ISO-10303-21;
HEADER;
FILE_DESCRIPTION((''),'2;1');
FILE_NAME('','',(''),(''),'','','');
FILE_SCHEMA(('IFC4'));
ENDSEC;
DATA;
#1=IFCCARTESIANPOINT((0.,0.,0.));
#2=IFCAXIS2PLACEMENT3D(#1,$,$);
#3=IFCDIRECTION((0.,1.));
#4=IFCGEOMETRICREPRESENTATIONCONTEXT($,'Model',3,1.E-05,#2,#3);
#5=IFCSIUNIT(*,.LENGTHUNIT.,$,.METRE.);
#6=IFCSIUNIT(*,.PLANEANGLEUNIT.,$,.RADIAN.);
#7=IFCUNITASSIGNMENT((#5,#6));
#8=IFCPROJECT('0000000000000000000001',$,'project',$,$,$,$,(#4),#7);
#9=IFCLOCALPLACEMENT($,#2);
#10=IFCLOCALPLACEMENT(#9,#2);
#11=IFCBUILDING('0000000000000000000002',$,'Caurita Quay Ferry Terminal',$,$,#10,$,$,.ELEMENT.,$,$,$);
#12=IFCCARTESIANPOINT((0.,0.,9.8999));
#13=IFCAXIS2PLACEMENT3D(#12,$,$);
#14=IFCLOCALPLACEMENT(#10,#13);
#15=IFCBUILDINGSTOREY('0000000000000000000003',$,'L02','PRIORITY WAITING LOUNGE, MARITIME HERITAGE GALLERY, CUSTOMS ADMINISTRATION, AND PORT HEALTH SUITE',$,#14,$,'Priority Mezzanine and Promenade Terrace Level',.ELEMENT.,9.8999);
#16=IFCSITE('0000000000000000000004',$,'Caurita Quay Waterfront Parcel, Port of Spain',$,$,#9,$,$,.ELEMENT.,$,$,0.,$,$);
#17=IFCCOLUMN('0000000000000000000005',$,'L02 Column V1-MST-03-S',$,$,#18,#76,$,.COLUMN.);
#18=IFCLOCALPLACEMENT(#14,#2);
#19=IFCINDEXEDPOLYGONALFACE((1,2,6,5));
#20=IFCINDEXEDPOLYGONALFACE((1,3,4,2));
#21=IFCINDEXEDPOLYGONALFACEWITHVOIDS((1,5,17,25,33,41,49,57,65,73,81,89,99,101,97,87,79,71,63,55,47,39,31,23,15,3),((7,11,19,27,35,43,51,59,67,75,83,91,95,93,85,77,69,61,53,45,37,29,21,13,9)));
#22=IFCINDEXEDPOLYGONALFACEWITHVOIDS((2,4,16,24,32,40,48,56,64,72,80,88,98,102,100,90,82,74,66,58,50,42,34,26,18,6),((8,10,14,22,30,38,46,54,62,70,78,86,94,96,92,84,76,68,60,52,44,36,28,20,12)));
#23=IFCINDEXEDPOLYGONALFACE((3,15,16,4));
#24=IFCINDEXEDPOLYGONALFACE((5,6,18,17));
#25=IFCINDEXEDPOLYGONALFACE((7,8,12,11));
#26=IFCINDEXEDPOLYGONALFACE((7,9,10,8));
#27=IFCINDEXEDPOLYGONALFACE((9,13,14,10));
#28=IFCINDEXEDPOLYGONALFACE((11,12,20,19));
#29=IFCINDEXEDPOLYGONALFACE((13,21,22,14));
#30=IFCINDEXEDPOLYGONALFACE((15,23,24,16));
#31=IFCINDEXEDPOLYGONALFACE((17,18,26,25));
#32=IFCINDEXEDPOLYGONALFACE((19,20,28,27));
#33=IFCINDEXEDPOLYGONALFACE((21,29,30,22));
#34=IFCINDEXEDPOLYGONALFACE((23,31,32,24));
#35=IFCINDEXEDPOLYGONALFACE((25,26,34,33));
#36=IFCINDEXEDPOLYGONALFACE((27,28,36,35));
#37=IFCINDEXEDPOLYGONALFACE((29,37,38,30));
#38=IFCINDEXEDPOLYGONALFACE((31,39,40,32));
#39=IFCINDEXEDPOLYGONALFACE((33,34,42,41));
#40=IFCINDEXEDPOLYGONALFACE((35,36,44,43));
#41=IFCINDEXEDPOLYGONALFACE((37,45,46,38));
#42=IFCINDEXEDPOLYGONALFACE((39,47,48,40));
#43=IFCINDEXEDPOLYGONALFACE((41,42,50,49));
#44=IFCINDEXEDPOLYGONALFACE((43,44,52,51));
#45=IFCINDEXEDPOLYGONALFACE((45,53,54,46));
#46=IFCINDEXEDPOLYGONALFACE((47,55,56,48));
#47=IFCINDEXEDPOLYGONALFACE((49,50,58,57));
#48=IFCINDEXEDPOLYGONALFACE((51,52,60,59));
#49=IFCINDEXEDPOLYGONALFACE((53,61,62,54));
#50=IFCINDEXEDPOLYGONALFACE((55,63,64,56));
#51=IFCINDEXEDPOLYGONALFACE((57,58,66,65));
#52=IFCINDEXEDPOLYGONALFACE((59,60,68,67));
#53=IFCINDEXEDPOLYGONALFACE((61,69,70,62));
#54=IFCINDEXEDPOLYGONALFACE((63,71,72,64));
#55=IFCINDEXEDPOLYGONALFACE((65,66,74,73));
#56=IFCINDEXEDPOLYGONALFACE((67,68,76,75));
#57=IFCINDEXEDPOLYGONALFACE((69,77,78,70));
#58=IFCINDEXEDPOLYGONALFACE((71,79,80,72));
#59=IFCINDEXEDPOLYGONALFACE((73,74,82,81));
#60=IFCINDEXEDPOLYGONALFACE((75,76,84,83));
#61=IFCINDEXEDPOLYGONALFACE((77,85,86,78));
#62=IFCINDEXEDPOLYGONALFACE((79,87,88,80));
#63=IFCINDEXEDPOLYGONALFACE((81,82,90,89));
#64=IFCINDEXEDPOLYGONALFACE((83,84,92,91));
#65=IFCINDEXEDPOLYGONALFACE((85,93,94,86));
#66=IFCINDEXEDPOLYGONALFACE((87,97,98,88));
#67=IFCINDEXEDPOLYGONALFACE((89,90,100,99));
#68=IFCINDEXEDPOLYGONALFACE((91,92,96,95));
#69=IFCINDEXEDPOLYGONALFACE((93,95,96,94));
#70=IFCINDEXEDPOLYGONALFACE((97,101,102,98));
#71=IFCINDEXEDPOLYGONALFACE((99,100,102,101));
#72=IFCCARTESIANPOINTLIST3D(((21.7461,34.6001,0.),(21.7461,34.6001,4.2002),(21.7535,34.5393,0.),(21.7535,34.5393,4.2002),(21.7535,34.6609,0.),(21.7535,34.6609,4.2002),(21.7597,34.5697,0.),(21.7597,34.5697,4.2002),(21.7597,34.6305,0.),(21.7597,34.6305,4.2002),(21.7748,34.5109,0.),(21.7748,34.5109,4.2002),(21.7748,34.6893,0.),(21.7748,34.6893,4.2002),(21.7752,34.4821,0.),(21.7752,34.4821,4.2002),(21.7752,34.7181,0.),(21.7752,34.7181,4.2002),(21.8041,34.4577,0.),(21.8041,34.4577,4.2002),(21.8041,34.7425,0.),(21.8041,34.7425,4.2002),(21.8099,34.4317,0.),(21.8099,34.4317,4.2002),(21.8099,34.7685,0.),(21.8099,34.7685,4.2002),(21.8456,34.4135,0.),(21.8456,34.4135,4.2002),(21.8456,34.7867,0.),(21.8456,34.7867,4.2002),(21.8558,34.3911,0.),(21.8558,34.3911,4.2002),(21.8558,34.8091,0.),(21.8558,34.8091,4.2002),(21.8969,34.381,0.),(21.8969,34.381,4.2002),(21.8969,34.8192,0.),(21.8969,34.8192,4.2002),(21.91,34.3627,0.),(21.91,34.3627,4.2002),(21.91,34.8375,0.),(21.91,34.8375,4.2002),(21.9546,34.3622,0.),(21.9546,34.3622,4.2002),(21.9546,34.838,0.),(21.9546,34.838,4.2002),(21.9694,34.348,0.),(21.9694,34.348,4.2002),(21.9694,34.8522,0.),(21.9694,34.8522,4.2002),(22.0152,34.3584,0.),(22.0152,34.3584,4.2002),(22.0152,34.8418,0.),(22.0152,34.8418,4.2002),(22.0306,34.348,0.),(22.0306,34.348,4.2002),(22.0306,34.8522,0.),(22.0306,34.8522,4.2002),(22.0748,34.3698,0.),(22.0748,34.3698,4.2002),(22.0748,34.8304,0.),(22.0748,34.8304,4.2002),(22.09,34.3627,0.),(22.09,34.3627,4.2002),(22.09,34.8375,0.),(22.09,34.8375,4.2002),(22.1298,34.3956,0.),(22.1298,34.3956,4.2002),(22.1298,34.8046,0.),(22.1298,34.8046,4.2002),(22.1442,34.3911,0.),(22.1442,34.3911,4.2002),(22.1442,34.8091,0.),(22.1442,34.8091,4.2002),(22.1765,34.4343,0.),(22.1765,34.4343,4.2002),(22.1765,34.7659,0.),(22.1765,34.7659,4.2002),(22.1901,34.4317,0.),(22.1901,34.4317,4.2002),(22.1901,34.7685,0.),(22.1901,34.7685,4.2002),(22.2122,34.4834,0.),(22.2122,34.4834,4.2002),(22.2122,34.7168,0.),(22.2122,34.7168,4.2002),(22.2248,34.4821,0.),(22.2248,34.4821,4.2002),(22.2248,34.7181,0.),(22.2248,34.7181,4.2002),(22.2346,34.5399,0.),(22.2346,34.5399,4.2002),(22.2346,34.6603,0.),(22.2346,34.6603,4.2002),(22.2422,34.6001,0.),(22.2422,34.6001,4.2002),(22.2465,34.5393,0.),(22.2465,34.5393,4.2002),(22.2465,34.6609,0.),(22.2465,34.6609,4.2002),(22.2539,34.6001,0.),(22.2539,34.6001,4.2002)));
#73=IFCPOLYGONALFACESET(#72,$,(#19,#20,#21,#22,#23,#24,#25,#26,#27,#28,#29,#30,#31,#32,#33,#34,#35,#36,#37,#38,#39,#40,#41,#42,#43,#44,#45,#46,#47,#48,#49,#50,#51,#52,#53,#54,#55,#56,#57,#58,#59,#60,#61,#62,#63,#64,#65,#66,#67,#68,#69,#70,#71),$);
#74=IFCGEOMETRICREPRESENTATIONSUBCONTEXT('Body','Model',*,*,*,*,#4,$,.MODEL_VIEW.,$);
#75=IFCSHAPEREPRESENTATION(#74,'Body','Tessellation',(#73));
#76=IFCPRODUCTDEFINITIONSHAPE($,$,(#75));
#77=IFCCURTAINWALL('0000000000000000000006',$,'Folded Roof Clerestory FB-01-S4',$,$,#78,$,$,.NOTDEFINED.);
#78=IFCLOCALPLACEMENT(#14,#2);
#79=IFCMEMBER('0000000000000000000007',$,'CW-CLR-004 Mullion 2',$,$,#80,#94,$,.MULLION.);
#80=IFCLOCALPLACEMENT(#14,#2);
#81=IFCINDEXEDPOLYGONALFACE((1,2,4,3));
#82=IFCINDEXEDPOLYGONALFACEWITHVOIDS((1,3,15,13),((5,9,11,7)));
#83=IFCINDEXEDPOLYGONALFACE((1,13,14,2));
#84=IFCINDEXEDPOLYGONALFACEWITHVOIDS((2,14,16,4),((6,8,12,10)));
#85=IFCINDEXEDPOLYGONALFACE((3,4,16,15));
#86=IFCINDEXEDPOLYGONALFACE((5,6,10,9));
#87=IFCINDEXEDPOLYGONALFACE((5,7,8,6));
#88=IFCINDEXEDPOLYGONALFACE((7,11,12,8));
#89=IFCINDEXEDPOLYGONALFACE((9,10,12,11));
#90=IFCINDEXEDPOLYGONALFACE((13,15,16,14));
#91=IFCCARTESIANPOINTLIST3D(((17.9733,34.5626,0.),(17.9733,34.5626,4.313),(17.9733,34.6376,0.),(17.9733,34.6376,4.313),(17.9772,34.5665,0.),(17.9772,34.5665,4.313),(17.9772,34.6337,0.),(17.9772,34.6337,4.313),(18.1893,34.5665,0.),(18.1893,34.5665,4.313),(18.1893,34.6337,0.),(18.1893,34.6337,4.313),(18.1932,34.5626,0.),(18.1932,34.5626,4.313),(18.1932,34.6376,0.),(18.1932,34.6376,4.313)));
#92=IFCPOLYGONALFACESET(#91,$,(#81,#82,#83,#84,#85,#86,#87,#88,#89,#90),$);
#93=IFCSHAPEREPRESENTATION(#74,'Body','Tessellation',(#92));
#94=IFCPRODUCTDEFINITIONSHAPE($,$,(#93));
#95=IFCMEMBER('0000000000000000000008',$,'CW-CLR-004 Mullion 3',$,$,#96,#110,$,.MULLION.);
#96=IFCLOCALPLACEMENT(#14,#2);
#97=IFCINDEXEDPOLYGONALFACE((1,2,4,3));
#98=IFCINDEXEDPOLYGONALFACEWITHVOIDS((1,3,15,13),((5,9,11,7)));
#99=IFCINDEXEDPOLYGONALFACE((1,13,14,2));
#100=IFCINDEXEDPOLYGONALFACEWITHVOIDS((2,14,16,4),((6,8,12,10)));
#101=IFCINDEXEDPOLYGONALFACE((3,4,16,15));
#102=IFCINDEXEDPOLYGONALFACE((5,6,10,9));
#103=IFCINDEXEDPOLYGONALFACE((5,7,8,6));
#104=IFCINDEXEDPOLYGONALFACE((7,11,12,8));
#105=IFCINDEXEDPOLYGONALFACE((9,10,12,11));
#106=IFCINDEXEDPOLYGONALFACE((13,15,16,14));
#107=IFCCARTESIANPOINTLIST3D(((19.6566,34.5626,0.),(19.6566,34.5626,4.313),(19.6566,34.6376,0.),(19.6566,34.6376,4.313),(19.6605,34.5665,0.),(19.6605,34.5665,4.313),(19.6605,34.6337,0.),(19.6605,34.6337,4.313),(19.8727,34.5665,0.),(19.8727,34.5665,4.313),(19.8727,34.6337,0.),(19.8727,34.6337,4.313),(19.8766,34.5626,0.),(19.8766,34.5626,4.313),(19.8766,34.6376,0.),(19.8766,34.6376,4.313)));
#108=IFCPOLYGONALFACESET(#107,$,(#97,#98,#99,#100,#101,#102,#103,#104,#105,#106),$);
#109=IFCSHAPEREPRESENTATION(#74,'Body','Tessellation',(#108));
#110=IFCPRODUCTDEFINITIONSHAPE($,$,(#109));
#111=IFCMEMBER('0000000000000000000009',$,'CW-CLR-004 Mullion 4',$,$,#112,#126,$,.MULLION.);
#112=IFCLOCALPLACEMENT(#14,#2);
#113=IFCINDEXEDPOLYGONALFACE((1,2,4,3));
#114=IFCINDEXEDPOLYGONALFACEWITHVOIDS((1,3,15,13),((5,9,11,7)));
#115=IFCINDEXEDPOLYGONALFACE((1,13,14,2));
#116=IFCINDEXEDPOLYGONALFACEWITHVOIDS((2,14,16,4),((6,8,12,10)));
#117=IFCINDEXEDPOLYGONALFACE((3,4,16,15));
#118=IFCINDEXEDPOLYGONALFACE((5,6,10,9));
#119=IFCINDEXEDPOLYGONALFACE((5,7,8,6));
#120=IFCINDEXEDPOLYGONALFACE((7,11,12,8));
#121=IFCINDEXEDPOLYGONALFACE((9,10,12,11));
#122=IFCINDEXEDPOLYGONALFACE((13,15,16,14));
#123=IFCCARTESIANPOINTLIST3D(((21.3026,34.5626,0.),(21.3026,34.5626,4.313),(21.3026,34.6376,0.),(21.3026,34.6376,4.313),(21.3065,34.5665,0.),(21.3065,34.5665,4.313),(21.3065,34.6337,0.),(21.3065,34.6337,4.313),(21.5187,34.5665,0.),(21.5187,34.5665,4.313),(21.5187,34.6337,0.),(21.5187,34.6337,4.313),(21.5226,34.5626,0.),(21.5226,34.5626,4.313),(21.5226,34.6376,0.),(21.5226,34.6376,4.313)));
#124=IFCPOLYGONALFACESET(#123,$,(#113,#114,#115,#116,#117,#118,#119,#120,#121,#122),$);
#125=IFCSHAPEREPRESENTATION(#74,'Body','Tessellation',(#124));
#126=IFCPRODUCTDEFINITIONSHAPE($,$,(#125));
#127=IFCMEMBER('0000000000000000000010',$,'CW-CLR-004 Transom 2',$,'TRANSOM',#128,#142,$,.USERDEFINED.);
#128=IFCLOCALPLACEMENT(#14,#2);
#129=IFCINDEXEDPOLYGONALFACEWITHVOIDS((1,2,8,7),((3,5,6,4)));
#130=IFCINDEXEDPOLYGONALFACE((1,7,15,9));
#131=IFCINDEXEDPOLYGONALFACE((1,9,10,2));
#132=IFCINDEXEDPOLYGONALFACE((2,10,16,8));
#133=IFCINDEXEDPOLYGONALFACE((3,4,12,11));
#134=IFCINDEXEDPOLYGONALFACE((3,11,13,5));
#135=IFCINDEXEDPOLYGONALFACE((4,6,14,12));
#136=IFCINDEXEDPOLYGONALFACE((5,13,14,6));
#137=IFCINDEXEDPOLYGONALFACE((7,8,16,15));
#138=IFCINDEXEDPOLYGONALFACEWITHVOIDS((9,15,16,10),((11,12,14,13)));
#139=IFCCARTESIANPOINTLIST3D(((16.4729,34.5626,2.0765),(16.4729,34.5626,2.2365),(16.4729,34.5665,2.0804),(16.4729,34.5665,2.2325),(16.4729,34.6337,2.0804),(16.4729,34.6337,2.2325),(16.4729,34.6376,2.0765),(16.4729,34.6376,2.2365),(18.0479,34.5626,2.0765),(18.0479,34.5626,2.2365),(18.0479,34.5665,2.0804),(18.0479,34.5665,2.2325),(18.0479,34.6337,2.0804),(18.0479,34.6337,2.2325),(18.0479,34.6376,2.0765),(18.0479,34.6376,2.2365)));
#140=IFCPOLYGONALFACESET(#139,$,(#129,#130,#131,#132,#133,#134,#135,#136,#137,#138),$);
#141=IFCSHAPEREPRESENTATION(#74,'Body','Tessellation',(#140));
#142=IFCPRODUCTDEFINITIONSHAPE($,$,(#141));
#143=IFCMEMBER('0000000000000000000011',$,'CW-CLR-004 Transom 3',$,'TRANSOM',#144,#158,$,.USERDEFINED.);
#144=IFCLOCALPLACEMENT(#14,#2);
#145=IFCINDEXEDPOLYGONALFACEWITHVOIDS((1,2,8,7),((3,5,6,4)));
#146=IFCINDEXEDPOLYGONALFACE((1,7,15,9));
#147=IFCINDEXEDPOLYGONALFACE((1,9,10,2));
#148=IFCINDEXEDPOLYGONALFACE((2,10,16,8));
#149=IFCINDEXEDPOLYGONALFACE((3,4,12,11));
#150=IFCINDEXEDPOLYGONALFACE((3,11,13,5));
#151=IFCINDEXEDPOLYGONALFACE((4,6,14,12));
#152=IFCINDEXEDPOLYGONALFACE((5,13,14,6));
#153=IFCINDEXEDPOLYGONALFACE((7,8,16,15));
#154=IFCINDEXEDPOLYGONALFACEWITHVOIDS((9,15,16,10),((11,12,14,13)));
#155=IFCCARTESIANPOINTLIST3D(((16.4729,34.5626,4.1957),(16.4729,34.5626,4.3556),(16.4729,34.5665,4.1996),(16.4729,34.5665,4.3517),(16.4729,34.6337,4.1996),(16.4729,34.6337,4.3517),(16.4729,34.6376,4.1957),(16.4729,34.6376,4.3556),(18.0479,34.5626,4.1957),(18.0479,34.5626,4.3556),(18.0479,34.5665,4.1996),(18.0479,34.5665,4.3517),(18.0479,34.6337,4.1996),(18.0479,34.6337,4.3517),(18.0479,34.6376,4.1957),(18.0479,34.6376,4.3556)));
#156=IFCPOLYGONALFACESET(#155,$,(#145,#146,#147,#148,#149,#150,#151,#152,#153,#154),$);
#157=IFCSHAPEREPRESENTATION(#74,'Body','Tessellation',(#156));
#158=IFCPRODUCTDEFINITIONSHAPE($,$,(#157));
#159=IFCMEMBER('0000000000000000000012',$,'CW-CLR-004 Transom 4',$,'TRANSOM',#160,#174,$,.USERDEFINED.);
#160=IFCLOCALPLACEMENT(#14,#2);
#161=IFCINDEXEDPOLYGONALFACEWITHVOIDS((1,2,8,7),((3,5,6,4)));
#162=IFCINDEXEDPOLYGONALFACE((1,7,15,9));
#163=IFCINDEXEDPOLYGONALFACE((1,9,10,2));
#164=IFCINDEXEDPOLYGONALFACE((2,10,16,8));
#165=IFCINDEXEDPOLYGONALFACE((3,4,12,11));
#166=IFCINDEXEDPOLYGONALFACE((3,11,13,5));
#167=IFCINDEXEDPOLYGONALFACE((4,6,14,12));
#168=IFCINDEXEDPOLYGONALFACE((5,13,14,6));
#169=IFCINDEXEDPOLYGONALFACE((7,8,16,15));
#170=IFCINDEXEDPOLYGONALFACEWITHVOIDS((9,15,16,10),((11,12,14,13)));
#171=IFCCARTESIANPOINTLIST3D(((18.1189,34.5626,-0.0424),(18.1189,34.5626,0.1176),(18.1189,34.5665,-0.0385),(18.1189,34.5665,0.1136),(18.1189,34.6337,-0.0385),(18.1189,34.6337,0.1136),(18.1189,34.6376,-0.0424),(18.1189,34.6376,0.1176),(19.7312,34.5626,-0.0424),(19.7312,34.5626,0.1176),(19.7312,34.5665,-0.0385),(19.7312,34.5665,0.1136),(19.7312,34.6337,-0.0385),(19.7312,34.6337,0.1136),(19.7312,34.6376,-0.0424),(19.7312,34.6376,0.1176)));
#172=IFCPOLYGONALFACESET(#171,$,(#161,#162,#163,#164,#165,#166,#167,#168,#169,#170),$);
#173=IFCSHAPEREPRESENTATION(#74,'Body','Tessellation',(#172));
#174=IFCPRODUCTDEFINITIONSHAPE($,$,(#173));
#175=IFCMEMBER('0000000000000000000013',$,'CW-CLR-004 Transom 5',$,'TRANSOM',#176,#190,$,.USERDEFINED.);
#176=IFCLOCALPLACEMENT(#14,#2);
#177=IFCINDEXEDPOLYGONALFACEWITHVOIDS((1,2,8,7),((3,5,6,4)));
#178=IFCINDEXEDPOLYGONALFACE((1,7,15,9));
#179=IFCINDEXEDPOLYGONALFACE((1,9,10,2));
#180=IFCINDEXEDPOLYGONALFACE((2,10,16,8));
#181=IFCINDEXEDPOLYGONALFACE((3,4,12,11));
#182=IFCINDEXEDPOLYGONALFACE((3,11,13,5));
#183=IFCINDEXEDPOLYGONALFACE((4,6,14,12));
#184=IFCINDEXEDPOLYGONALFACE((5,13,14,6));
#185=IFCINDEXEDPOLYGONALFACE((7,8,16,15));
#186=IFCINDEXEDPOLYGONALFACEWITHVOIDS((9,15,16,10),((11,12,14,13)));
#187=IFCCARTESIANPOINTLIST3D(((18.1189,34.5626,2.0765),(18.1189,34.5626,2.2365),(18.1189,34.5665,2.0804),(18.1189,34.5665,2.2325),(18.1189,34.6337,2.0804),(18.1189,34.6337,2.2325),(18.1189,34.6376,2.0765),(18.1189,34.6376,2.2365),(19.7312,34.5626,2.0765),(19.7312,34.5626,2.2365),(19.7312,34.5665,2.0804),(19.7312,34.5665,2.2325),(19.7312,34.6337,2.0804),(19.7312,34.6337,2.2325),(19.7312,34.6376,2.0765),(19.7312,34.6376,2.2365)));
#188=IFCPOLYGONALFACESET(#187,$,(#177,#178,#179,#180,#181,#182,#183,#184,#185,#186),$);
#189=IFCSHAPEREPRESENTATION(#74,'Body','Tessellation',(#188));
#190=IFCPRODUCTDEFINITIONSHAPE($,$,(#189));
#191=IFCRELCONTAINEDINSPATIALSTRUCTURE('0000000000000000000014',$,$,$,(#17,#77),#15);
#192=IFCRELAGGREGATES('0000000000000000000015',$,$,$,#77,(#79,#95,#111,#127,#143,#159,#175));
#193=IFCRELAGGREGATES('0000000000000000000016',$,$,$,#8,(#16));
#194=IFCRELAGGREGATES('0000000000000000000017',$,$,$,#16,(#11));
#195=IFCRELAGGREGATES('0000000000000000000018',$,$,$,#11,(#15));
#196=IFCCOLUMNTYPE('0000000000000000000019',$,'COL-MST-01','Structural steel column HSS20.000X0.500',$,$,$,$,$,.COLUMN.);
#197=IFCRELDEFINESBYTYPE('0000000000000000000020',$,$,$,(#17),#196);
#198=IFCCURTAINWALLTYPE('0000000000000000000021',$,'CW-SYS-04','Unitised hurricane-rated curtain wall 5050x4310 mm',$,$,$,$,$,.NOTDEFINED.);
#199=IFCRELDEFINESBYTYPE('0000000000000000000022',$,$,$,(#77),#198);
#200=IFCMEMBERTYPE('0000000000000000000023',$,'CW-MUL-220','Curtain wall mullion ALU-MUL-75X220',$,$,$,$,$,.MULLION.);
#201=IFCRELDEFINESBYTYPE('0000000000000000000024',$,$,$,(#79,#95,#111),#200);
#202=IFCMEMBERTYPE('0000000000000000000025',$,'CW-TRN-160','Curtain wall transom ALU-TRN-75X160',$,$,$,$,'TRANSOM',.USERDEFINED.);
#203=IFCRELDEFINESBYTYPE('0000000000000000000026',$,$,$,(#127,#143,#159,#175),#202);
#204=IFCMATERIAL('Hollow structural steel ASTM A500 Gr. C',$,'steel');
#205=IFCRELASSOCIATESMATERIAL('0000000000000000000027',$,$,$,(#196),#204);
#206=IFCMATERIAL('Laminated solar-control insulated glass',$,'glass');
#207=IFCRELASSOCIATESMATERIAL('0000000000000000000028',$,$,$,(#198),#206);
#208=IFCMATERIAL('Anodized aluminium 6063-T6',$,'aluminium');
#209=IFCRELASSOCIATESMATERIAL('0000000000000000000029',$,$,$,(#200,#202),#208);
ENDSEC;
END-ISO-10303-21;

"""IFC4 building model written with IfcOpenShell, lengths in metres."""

from ifc_helpers import new_model, si_unit, direction, frame, origin, origin_2d, place, context, subcontext, project, spatial, hollow_rectangle, hollow_circle, extrude, material, material_profile, profile_set, type_object, element, aggregate, save


model = new_model("IFC4")

# Units and contexts
model_context = context("Model", 3, precision=1e-05, world=origin(), true_north=direction((0.0, 1.0)))
body_context = subcontext(model_context, "Body", "Model", "MODEL_VIEW")
ifc_project = project(units=[si_unit("LENGTHUNIT", "METRE"), si_unit("PLANEANGLEUNIT", "RADIAN")], contexts=[model_context])

# Site, building, storey
site_placement = place(None, origin())
site = spatial("IfcSite", under=ifc_project, at=site_placement, Name="Caurita Quay Waterfront Parcel, Port of Spain", CompositionType="ELEMENT", RefElevation=0.0)
building_placement = place(site_placement, origin())
building = spatial("IfcBuilding", under=site, at=building_placement, Name="Caurita Quay Ferry Terminal", CompositionType="ELEMENT")
storey_placement = place(building_placement, frame((0.0, 0.0, 9.8999)))
storey = spatial("IfcBuildingStorey", under=building, at=storey_placement, Name="L02", Description="PRIORITY WAITING LOUNGE, MARITIME HERITAGE GALLERY, CUSTOMS ADMINISTRATION, AND PORT HEALTH SUITE", LongName="Priority Mezzanine and Promenade Terrace Level", CompositionType="ELEMENT", Elevation=9.8999)

# Column
ifc_material_1 = material(Name="Hollow structural steel ASTM A500 Gr. C", Category="steel")
ifc_material_profile_1 = material_profile(ifc_material_1, hollow_circle(Radius=0.2539, WallThickness=0.0117, at=origin_2d()), Name="HSS20.000X0.500")
ifc_profile_set_1 = profile_set([ifc_material_profile_1], Name="Hollow structural steel ASTM A500 Gr. C")
column_type = type_object("IfcColumnType", Name="COL-MST-01", Description="Structural steel column HSS20.000X0.500", PredefinedType="COLUMN", material=ifc_profile_set_1)
column_placement = place(storey_placement, frame((22.0, 34.6001, 0.0), z_axis=(0.0, 0.0, 1.0), x_axis=(1.0, 0.0, 0.0)))
element("IfcColumn", 1, at=column_placement, inside=storey, type_object=column_type, Name="L02 Column V1-MST-03-S", PredefinedType="COLUMN", context=body_context, shape_type="SweptSolid", body=[
    extrude(hollow_circle(Radius=0.2539, WallThickness=0.0117, at=origin_2d()), origin(), (0.0, 0.0, 1.0), 4.2002),
])

# Curtain wall, members
ifc_material_2 = material(Name="Laminated solar-control insulated glass", Category="glass")
curtain_wall_type = type_object("IfcCurtainWallType", Name="CW-SYS-04", Description="Unitised hurricane-rated curtain wall 5050x4310 mm", PredefinedType="NOTDEFINED", material=ifc_material_2)
curtain_wall_placement = place(storey_placement, origin())
curtain_wall = element("IfcCurtainWall", 2, at=curtain_wall_placement, inside=storey, type_object=curtain_wall_type, Name="Folded Roof Clerestory FB-01-S4", PredefinedType="NOTDEFINED")
ifc_material_3 = material(Name="Anodized aluminium 6063-T6", Category="aluminium")
ifc_material_profile_2 = material_profile(ifc_material_3, hollow_rectangle(XDim=0.075, YDim=0.22, WallThickness=0.0039, at=origin_2d()), Name="ALU-MUL-75X220")
ifc_profile_set_2 = profile_set([ifc_material_profile_2], Name="Anodized aluminium 6063-T6")
member_type_1 = type_object("IfcMemberType", Name="CW-MUL-220", Description="Curtain wall mullion ALU-MUL-75X220", PredefinedType="MULLION", material=ifc_profile_set_2)
member_1_placement = place(storey_placement, frame((18.0833, 34.6001, 0.0), z_axis=(0.0, 0.0, 1.0), x_axis=(0.0, 1.0, 0.0)))
member_1 = element("IfcMember", 3, at=member_1_placement, type_object=member_type_1, Name="CW-CLR-004 Mullion 2", PredefinedType="MULLION", context=body_context, shape_type="SweptSolid", body=[
    extrude(hollow_rectangle(XDim=0.075, YDim=0.22, WallThickness=0.0039, at=origin_2d()), origin(), (0.0, 0.0, 1.0), 4.313),
])
member_2_placement = place(storey_placement, frame((19.7666, 34.6001, 0.0), z_axis=(0.0, 0.0, 1.0), x_axis=(0.0, 1.0, 0.0)))
member_2 = element("IfcMember", 4, at=member_2_placement, type_object=member_type_1, Name="CW-CLR-004 Mullion 3", PredefinedType="MULLION", context=body_context, shape_type="SweptSolid", body=[
    extrude(hollow_rectangle(XDim=0.075, YDim=0.22, WallThickness=0.0039, at=origin_2d()), origin(), (0.0, 0.0, 1.0), 4.313),
])
member_3_placement = place(storey_placement, frame((21.4126, 34.6001, 0.0), z_axis=(0.0, 0.0, 1.0), x_axis=(0.0, 1.0, 0.0)))
member_3 = element("IfcMember", 5, at=member_3_placement, type_object=member_type_1, Name="CW-CLR-004 Mullion 4", PredefinedType="MULLION", context=body_context, shape_type="SweptSolid", body=[
    extrude(hollow_rectangle(XDim=0.075, YDim=0.22, WallThickness=0.0039, at=origin_2d()), origin(), (0.0, 0.0, 1.0), 4.313),
])
ifc_material_profile_3 = material_profile(ifc_material_3, hollow_rectangle(XDim=0.075, YDim=0.1599, WallThickness=0.0039, at=origin_2d()), Name="ALU-TRN-75X160")
ifc_profile_set_3 = profile_set([ifc_material_profile_3], Name="Anodized aluminium 6063-T6")
member_type_2 = type_object("IfcMemberType", Name="CW-TRN-160", Description="Curtain wall transom ALU-TRN-75X160", ElementType="TRANSOM", PredefinedType="USERDEFINED", material=ifc_profile_set_3)
member_4_placement = place(storey_placement, frame((16.4729, 34.6001, 2.1565), z_axis=(1.0, 0.0, 0.0), x_axis=(0.0, 1.0, 0.0)))
member_4 = element("IfcMember", 6, at=member_4_placement, type_object=member_type_2, Name="CW-CLR-004 Transom 2", ObjectType="TRANSOM", PredefinedType="USERDEFINED", context=body_context, shape_type="SweptSolid", body=[
    extrude(hollow_rectangle(XDim=0.075, YDim=0.1599, WallThickness=0.0039, at=origin_2d()), origin(), (0.0, 0.0, 1.0), 1.575),
])
member_5_placement = place(storey_placement, frame((16.4729, 34.6001, 4.2756), z_axis=(1.0, 0.0, 0.0), x_axis=(0.0, 1.0, 0.0)))
member_5 = element("IfcMember", 7, at=member_5_placement, type_object=member_type_2, Name="CW-CLR-004 Transom 3", ObjectType="TRANSOM", PredefinedType="USERDEFINED", context=body_context, shape_type="SweptSolid", body=[
    extrude(hollow_rectangle(XDim=0.075, YDim=0.1599, WallThickness=0.0039, at=origin_2d()), origin(), (0.0, 0.0, 1.0), 1.575),
])
member_6_placement = place(storey_placement, frame((18.1189, 34.6001, 0.0376), z_axis=(1.0, 0.0, 0.0), x_axis=(0.0, 1.0, 0.0)))
member_6 = element("IfcMember", 8, at=member_6_placement, type_object=member_type_2, Name="CW-CLR-004 Transom 4", ObjectType="TRANSOM", PredefinedType="USERDEFINED", context=body_context, shape_type="SweptSolid", body=[
    extrude(hollow_rectangle(XDim=0.075, YDim=0.1599, WallThickness=0.0039, at=origin_2d()), origin(), (0.0, 0.0, 1.0), 1.6123),
])
member_7_placement = place(storey_placement, frame((18.1189, 34.6001, 2.1565), z_axis=(1.0, 0.0, 0.0), x_axis=(0.0, 1.0, 0.0)))
member_7 = element("IfcMember", 9, at=member_7_placement, type_object=member_type_2, Name="CW-CLR-004 Transom 5", ObjectType="TRANSOM", PredefinedType="USERDEFINED", context=body_context, shape_type="SweptSolid", body=[
    extrude(hollow_rectangle(XDim=0.075, YDim=0.1599, WallThickness=0.0039, at=origin_2d()), origin(), (0.0, 0.0, 1.0), 1.6123),
])
aggregate(curtain_wall, [member_1, member_2, member_3, member_4, member_5, member_6, member_7])

save(model, "model.ifc")
